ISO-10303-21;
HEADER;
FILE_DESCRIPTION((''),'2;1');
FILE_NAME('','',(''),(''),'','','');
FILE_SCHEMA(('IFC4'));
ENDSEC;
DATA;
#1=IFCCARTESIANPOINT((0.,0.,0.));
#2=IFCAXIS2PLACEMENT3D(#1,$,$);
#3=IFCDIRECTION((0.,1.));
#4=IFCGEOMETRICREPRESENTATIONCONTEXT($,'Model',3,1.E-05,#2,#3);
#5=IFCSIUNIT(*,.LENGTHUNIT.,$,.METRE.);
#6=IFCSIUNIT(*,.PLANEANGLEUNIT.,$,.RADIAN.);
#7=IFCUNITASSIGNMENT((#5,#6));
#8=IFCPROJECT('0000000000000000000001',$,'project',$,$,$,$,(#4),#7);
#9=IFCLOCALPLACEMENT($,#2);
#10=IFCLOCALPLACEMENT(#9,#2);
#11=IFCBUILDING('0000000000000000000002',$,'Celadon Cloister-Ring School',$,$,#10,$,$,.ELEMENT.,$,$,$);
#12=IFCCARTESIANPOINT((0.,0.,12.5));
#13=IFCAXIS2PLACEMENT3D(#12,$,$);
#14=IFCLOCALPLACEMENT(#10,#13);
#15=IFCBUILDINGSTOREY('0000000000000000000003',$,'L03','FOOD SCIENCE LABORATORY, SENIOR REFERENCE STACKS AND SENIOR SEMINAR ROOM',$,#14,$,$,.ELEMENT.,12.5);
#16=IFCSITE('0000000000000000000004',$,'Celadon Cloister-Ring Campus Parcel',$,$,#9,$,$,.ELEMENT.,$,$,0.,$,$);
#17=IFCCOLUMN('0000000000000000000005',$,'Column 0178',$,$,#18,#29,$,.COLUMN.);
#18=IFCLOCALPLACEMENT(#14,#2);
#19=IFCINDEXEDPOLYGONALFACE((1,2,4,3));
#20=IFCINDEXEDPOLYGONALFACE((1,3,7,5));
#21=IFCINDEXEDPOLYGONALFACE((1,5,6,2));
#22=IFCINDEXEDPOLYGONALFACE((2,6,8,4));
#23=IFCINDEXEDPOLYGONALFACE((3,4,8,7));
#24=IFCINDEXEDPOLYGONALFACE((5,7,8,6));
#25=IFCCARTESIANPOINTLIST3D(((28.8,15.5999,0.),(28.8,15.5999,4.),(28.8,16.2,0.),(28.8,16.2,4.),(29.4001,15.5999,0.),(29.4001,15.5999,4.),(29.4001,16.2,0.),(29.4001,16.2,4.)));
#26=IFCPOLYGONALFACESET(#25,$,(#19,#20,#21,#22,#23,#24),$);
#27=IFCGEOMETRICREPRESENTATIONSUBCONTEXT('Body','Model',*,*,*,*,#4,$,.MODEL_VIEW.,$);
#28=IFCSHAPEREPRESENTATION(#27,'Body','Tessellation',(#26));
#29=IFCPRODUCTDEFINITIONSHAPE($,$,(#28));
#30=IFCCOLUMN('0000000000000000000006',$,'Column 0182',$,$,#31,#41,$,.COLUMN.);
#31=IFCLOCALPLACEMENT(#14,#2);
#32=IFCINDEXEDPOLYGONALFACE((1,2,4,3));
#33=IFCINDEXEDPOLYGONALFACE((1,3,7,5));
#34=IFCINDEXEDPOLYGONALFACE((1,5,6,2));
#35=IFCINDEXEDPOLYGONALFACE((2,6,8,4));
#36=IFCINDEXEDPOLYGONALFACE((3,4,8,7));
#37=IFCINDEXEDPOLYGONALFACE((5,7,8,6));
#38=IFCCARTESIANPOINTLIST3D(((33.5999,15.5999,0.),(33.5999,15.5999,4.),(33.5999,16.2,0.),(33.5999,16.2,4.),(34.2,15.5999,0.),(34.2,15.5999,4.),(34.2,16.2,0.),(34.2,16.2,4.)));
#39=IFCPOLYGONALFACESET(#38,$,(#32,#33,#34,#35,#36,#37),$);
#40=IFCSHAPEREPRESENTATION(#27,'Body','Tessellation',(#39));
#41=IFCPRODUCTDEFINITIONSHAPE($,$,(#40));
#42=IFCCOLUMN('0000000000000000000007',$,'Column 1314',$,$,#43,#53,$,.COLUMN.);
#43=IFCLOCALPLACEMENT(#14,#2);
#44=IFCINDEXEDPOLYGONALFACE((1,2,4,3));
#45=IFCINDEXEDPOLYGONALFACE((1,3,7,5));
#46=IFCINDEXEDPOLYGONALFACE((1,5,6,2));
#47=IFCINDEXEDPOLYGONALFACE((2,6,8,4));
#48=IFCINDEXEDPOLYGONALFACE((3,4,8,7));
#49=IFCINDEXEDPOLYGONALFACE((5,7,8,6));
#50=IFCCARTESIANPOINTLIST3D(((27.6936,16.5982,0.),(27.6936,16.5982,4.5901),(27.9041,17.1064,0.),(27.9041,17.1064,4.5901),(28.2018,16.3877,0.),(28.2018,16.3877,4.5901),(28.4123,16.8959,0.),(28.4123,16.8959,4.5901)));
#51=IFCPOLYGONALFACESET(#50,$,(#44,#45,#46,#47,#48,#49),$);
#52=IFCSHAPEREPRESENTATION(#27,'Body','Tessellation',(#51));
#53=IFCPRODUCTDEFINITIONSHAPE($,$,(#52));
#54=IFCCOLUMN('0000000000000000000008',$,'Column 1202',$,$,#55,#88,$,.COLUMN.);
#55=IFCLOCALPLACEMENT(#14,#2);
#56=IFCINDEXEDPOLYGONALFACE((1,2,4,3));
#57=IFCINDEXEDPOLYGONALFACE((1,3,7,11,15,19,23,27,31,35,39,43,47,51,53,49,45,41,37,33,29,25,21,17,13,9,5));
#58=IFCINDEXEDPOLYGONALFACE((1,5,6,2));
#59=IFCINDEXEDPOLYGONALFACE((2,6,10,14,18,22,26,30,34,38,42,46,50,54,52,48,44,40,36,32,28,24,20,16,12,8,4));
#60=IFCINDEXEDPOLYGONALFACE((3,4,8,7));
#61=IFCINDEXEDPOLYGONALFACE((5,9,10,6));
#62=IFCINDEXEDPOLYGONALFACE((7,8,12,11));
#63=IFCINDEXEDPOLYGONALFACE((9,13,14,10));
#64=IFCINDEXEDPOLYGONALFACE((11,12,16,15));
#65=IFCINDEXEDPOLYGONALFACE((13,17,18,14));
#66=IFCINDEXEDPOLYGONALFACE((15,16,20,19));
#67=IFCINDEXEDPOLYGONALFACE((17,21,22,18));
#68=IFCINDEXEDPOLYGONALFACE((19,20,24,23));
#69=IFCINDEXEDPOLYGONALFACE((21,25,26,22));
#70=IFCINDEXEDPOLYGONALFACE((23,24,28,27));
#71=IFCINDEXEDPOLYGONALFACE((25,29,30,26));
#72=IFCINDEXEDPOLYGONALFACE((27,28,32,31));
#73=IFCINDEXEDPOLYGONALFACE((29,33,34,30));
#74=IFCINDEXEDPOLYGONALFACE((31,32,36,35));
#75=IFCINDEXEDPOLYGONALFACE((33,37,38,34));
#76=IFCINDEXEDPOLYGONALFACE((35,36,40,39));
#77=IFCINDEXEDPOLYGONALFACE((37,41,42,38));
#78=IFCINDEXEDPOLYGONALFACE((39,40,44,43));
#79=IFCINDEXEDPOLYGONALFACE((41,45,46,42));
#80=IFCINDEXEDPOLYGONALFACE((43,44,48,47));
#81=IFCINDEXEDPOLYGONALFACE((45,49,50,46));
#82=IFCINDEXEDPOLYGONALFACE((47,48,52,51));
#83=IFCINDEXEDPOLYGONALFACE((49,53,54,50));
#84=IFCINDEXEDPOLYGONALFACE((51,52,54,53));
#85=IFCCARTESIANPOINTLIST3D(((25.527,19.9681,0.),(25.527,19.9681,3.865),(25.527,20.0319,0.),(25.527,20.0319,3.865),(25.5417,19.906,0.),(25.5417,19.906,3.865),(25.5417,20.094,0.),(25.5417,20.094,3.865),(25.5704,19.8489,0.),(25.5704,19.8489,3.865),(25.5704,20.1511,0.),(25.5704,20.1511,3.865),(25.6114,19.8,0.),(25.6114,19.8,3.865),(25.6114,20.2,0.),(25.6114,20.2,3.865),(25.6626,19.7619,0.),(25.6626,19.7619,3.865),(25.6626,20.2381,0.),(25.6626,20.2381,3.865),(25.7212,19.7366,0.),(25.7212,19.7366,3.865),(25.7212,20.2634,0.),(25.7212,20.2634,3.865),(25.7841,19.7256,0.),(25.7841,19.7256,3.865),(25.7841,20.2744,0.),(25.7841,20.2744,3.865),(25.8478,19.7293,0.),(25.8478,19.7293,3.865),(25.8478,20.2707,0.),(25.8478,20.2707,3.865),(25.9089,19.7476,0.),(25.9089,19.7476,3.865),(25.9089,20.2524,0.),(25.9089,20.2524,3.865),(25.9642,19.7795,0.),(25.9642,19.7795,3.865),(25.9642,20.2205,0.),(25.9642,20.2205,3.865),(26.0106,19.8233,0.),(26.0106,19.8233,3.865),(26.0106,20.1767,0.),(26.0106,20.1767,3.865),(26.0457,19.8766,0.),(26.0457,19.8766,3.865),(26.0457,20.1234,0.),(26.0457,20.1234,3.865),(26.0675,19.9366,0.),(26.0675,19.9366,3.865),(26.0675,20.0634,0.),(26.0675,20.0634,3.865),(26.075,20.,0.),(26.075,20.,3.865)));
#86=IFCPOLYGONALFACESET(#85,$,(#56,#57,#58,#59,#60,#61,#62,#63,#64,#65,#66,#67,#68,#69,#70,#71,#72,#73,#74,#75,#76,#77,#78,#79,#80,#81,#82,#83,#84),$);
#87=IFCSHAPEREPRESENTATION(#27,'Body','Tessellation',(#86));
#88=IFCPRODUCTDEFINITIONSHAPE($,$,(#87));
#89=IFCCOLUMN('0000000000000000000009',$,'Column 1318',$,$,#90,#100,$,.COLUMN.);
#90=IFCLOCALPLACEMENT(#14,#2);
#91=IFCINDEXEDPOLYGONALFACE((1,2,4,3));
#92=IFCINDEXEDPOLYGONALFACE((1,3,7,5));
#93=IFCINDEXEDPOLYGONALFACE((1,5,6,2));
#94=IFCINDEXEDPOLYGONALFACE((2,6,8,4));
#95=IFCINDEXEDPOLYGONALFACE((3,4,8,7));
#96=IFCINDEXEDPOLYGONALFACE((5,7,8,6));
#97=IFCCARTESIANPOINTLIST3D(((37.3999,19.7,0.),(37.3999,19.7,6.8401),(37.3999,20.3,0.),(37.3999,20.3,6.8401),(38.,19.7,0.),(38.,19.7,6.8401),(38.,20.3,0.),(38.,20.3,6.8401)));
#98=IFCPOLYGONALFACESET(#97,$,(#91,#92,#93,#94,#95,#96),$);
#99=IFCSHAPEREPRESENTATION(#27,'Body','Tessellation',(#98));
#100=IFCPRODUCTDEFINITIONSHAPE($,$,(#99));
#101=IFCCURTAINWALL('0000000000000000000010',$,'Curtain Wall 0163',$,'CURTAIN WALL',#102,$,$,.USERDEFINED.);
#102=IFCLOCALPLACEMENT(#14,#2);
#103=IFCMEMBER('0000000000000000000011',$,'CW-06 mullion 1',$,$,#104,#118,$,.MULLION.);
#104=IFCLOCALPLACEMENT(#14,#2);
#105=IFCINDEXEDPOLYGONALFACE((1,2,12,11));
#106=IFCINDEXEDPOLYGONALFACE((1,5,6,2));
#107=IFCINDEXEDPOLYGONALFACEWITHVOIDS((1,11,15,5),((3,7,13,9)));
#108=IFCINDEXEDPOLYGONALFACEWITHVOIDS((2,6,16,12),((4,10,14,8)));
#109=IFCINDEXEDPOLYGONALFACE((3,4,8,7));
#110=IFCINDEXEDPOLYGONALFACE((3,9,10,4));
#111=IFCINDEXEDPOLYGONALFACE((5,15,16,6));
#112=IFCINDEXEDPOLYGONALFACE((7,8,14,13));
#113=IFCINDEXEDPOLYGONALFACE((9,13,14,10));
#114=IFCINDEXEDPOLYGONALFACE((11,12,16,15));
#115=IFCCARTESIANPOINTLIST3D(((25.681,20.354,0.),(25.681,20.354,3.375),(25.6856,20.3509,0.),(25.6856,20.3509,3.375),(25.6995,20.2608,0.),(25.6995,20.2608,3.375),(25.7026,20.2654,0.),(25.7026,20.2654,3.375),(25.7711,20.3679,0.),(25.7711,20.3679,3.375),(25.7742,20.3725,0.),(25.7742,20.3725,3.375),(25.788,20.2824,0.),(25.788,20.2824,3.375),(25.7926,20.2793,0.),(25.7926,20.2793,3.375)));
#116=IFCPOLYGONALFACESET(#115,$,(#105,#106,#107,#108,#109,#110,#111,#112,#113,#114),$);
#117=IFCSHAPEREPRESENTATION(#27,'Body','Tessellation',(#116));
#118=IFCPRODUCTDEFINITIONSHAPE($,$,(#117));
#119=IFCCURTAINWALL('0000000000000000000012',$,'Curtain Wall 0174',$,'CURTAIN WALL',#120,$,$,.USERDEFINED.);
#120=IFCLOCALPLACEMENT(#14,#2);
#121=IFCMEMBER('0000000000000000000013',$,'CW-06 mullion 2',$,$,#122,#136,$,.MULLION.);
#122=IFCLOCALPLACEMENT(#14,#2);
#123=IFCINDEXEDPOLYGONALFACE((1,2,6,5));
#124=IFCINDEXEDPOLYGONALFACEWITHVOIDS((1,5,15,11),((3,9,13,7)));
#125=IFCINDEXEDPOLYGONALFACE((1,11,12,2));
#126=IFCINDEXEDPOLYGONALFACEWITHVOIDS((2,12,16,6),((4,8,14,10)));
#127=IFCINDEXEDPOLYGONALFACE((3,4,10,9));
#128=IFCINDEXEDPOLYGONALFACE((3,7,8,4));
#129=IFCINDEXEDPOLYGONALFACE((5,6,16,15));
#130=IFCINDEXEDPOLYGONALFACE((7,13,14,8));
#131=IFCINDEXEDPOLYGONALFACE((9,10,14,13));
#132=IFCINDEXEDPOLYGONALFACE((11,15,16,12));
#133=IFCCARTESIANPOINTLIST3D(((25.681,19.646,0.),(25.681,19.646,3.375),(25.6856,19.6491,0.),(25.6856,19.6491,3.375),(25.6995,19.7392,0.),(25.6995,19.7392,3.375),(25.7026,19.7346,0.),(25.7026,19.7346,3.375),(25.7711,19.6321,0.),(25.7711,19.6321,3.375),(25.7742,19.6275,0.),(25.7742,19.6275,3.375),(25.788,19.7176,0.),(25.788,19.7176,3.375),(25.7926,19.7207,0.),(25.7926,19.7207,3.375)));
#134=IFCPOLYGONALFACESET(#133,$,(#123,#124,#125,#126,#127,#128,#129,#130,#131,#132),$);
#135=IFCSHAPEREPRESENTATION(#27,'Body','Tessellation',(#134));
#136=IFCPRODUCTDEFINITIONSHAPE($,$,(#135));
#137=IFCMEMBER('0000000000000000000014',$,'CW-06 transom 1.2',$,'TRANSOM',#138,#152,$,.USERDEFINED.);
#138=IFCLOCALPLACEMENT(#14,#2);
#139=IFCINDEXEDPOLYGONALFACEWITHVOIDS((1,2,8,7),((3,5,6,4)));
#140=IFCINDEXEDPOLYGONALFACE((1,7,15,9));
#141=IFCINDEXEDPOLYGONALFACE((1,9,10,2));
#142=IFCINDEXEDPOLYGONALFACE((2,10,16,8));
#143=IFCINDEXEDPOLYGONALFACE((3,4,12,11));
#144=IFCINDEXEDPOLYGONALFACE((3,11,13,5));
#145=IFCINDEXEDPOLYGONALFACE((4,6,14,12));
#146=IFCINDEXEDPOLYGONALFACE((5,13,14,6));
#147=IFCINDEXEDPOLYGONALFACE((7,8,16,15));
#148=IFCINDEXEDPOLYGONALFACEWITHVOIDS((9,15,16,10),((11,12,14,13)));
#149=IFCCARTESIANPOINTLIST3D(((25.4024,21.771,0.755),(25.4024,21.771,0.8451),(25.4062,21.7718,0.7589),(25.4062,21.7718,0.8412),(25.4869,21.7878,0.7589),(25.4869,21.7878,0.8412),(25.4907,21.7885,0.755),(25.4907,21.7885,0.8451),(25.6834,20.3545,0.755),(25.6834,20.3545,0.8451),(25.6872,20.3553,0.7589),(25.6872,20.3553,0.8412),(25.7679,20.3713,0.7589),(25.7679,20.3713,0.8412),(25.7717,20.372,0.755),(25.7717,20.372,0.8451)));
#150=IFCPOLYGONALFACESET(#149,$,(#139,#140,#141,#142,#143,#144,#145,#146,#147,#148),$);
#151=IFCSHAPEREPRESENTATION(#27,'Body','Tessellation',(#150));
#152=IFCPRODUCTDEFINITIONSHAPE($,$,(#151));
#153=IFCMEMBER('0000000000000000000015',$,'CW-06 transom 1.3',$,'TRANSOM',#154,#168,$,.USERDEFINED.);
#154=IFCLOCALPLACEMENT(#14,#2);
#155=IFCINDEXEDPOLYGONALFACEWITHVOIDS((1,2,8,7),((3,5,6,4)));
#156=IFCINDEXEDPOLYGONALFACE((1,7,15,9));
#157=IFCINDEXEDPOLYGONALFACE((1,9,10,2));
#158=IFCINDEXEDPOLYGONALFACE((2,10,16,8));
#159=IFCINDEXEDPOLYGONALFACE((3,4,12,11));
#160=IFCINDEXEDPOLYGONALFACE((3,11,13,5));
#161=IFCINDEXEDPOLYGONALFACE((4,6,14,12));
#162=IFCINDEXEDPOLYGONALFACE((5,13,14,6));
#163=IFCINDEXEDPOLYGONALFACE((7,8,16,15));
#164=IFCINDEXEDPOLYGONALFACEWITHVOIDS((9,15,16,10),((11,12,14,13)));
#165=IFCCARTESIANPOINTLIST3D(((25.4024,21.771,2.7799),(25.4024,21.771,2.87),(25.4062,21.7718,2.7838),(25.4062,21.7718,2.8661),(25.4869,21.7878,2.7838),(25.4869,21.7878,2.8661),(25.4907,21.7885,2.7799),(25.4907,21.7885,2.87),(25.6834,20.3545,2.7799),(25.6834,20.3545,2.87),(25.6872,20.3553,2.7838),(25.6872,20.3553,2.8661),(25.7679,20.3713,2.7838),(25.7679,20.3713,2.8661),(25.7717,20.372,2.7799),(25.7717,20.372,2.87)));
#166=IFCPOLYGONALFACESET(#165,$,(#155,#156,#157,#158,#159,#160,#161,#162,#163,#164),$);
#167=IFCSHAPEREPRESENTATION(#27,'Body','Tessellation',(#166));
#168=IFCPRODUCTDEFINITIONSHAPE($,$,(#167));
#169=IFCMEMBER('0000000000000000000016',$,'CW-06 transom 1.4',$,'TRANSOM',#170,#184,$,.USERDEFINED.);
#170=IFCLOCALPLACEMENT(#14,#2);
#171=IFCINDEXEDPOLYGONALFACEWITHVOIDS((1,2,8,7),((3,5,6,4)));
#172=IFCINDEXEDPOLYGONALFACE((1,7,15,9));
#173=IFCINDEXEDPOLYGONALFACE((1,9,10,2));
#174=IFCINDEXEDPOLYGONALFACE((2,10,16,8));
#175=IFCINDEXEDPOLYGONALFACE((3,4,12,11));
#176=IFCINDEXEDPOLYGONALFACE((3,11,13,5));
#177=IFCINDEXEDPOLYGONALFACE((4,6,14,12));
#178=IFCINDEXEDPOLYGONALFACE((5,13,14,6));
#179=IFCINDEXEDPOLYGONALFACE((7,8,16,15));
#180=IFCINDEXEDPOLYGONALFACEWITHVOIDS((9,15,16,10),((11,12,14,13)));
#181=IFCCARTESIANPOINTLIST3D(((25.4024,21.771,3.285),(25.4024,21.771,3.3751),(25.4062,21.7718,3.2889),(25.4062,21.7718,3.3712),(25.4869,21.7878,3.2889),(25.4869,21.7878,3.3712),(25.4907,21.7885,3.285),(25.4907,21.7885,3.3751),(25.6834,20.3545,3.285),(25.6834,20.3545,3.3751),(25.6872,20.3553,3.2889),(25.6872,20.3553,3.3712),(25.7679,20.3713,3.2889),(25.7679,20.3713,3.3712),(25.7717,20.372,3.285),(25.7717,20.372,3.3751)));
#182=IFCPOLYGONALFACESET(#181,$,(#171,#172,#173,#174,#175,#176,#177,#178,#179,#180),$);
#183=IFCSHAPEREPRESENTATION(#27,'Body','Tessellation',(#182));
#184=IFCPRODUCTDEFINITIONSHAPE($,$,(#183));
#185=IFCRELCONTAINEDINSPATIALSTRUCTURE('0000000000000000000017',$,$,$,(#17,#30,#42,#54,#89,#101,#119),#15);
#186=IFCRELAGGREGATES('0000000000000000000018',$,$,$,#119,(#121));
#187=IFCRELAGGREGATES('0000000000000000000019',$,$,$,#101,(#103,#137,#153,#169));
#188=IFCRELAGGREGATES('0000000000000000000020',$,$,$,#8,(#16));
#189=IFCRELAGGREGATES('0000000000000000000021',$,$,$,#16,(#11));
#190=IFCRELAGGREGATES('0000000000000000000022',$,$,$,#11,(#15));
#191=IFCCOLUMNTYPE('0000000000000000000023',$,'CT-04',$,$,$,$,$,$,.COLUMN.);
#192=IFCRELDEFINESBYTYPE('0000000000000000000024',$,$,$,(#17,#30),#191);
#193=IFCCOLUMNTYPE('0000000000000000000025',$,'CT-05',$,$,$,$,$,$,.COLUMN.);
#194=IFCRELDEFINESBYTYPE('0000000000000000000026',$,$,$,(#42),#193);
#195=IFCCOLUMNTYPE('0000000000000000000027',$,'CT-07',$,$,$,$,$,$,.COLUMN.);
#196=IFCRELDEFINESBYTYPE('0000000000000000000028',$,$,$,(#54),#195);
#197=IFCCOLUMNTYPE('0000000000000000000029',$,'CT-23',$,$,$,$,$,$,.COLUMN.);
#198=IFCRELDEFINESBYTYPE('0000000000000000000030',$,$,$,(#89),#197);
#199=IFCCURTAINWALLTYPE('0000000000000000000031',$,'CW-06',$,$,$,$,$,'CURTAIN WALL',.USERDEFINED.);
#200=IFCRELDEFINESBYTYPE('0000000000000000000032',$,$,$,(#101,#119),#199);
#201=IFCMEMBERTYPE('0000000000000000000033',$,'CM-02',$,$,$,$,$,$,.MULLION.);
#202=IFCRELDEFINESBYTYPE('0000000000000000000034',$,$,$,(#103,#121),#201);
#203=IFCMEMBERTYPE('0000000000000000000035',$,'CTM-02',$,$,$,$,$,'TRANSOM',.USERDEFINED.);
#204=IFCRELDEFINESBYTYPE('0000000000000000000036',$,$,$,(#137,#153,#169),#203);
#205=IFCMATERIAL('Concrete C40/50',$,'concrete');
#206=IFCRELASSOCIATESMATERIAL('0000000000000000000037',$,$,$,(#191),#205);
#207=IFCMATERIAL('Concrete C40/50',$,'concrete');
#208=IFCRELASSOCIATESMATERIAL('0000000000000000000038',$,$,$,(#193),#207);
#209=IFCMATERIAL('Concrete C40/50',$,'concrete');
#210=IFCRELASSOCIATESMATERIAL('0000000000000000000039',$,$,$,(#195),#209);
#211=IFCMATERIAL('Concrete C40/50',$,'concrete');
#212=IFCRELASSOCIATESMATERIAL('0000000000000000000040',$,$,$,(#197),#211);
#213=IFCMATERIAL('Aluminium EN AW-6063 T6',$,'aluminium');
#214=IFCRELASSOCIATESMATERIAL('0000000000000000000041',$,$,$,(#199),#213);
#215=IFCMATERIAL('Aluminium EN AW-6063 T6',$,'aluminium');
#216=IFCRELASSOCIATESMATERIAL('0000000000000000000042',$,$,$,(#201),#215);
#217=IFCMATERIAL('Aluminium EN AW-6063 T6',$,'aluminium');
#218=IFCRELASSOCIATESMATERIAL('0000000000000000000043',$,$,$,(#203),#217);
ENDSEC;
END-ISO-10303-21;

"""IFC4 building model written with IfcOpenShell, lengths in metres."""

from ifc_helpers import new_model, si_unit, direction, frame, origin, origin_2d, place, context, subcontext, project, spatial, rectangle, hollow_rectangle, circle, extrude, material, material_profile, profile_set, type_object, element, aggregate, save


model = new_model("IFC4")

# Units and contexts
model_context = context("Model", 3, precision=1e-05, world=origin(), true_north=direction((0.0, 1.0)))
body_context = subcontext(model_context, "Body", "Model", "MODEL_VIEW")
ifc_project = project(units=[si_unit("LENGTHUNIT", "METRE"), si_unit("PLANEANGLEUNIT", "RADIAN")], contexts=[model_context])

# Site, building, storey
site_placement = place(None, origin())
site = spatial("IfcSite", under=ifc_project, at=site_placement, Name="Celadon Cloister-Ring Campus Parcel", CompositionType="ELEMENT", RefElevation=0.0)
building_placement = place(site_placement, origin())
building = spatial("IfcBuilding", under=site, at=building_placement, Name="Celadon Cloister-Ring School", CompositionType="ELEMENT")
storey_placement = place(building_placement, frame((0.0, 0.0, 12.5)))
storey = spatial("IfcBuildingStorey", under=building, at=storey_placement, Name="L03", Description="FOOD SCIENCE LABORATORY, SENIOR REFERENCE STACKS AND SENIOR SEMINAR ROOM", CompositionType="ELEMENT", Elevation=12.5)

# Columns
ifc_material_1 = material(Name="Concrete C40/50", Category="concrete")
ifc_material_profile_1 = material_profile(ifc_material_1, rectangle(XDim=0.6001, YDim=0.6001, at=origin_2d()), Name="RC600X600")
ifc_profile_set_1 = profile_set([ifc_material_profile_1], Name="Concrete C40/50")
column_type_1 = type_object("IfcColumnType", Name="CT-04", PredefinedType="COLUMN", material=ifc_profile_set_1)
for number, where, z_axis, x_axis, name in (
    (1, (29.1001, 15.8999, 0.0), (0.0, 0.0, 1.0), (1.0, 0.0, 0.0), "Column 0178"),
    (2, (33.8999, 15.8999, 0.0), (0.0, 0.0, 1.0), (1.0, 0.0, 0.0), "Column 0182"),
):
    element("IfcColumn", number, at=place(storey_placement, frame(where, z_axis=z_axis, x_axis=x_axis)), inside=storey, type_object=column_type_1, Name=name, PredefinedType="COLUMN", context=body_context, shape_type="SweptSolid", body=[
        extrude(rectangle(XDim=0.6001, YDim=0.6001, at=origin_2d()), origin(), (0.0, 0.0, 1.0), 4.0),
    ])
ifc_material_2 = material(Name="Concrete C40/50", Category="concrete")
ifc_material_profile_2 = material_profile(ifc_material_2, rectangle(XDim=0.55, YDim=0.55, at=origin_2d()), Name="RC550X550")
ifc_profile_set_2 = profile_set([ifc_material_profile_2], Name="Concrete C40/50")
column_type_2 = type_object("IfcColumnType", Name="CT-05", PredefinedType="COLUMN", material=ifc_profile_set_2)
column_1_placement = place(storey_placement, frame((28.053, 16.7471, 0.0), z_axis=(0.0, 0.0, 1.0), x_axis=(0.92388, -0.382683, 0.0)))
element("IfcColumn", 3, at=column_1_placement, inside=storey, type_object=column_type_2, Name="Column 1314", PredefinedType="COLUMN", context=body_context, shape_type="SweptSolid", body=[
    extrude(rectangle(XDim=0.55, YDim=0.55, at=origin_2d()), origin(), (0.0, 0.0, 1.0), 4.5901),
])
ifc_material_3 = material(Name="Concrete C40/50", Category="concrete")
ifc_material_profile_3 = material_profile(ifc_material_3, circle(Radius=0.2749, at=origin_2d()), Name="CIRC550")
ifc_profile_set_3 = profile_set([ifc_material_profile_3], Name="Concrete C40/50")
column_type_3 = type_object("IfcColumnType", Name="CT-07", PredefinedType="COLUMN", material=ifc_profile_set_3)
column_2_placement = place(storey_placement, frame((25.8, 20.0, 0.0), z_axis=(0.0, 0.0, 1.0), x_axis=(1.0, 0.0, 0.0)))
element("IfcColumn", 4, at=column_2_placement, inside=storey, type_object=column_type_3, Name="Column 1202", PredefinedType="COLUMN", context=body_context, shape_type="SweptSolid", body=[
    extrude(circle(Radius=0.2749, at=origin_2d()), origin(), (0.0, 0.0, 1.0), 3.865),
])
ifc_material_4 = material(Name="Concrete C40/50", Category="concrete")
ifc_material_profile_4 = material_profile(ifc_material_4, rectangle(XDim=0.6001, YDim=0.6001, at=origin_2d()), Name="RC600X600")
ifc_profile_set_4 = profile_set([ifc_material_profile_4], Name="Concrete C40/50")
column_type_4 = type_object("IfcColumnType", Name="CT-23", PredefinedType="COLUMN", material=ifc_profile_set_4)
column_3_placement = place(storey_placement, frame((37.7, 20.0, 0.0), z_axis=(0.0, 0.0, 1.0), x_axis=(1.0, 0.0, 0.0)))
element("IfcColumn", 5, at=column_3_placement, inside=storey, type_object=column_type_4, Name="Column 1318", PredefinedType="COLUMN", context=body_context, shape_type="SweptSolid", body=[
    extrude(rectangle(XDim=0.6001, YDim=0.6001, at=origin_2d()), origin(), (0.0, 0.0, 1.0), 6.8401),
])

# Curtain walls, members
ifc_material_5 = material(Name="Aluminium EN AW-6063 T6", Category="aluminium")
curtain_wall_type = type_object("IfcCurtainWallType", Name="CW-06", ElementType="CURTAIN WALL", PredefinedType="USERDEFINED", material=ifc_material_5)
curtain_wall_1_placement = place(storey_placement, origin())
curtain_wall_1 = element("IfcCurtainWall", 6, at=curtain_wall_1_placement, inside=storey, type_object=curtain_wall_type, Name="Curtain Wall 0163", ObjectType="CURTAIN WALL", PredefinedType="USERDEFINED")
ifc_material_6 = material(Name="Aluminium EN AW-6063 T6", Category="aluminium")
ifc_material_profile_5 = material_profile(ifc_material_6, hollow_rectangle(XDim=0.095, YDim=0.095, WallThickness=0.0039, at=origin_2d()), Name="RHS95X95X4")
ifc_profile_set_5 = profile_set([ifc_material_profile_5], Name="Aluminium EN AW-6063 T6")
member_type_1 = type_object("IfcMemberType", Name="CM-02", PredefinedType="MULLION", material=ifc_profile_set_5)
member_1_placement = place(storey_placement, frame((25.7368, 20.3167, 0.0), z_axis=(0.0, 0.0, 1.0), x_axis=(-0.980885, -0.194586, 0.0)))
member_1 = element("IfcMember", 7, at=member_1_placement, type_object=member_type_1, Name="CW-06 mullion 1", PredefinedType="MULLION", context=body_context, shape_type="SweptSolid", body=[
    extrude(hollow_rectangle(XDim=0.095, YDim=0.095, WallThickness=0.0039, at=origin_2d()), origin(), (0.0, 0.0, 1.0), 3.375),
])
curtain_wall_2_placement = place(storey_placement, origin())
curtain_wall_2 = element("IfcCurtainWall", 8, at=curtain_wall_2_placement, inside=storey, type_object=curtain_wall_type, Name="Curtain Wall 0174", ObjectType="CURTAIN WALL", PredefinedType="USERDEFINED")
member_2_placement = place(storey_placement, frame((25.7368, 19.6833, 0.0), z_axis=(0.0, 0.0, 1.0), x_axis=(-0.980885, 0.194586, 0.0)))
member_2 = element("IfcMember", 9, at=member_2_placement, type_object=member_type_1, Name="CW-06 mullion 2", PredefinedType="MULLION", context=body_context, shape_type="SweptSolid", body=[
    extrude(hollow_rectangle(XDim=0.095, YDim=0.095, WallThickness=0.0039, at=origin_2d()), origin(), (0.0, 0.0, 1.0), 3.375),
])
aggregate(curtain_wall_2, [member_2])

# Members
ifc_material_7 = material(Name="Aluminium EN AW-6063 T6", Category="aluminium")
ifc_material_profile_6 = material_profile(ifc_material_7, hollow_rectangle(XDim=0.0901, YDim=0.0901, WallThickness=0.0039, at=origin_2d()), Name="RHS90X90X4")
ifc_profile_set_6 = profile_set([ifc_material_profile_6], Name="Aluminium EN AW-6063 T6")
member_type_2 = type_object("IfcMemberType", Name="CTM-02", ElementType="TRANSOM", PredefinedType="USERDEFINED", material=ifc_profile_set_6)
member_3_placement = place(storey_placement, frame((25.7275, 20.3633, 0.8), z_axis=(-0.194588, 0.980885, 0.0), x_axis=(-0.980885, -0.194588, 0.0)))
member_3 = element("IfcMember", 10, at=member_3_placement, type_object=member_type_2, Name="CW-06 transom 1.2", ObjectType="TRANSOM", PredefinedType="USERDEFINED", context=body_context, shape_type="SweptSolid", body=[
    extrude(hollow_rectangle(XDim=0.0901, YDim=0.0901, WallThickness=0.0039, at=origin_2d()), origin(), (0.0, 0.0, 1.0), 1.4441),
])
member_4_placement = place(storey_placement, frame((25.7275, 20.3633, 2.825), z_axis=(-0.194588, 0.980885, 0.0), x_axis=(-0.980885, -0.194588, 0.0)))
member_4 = element("IfcMember", 11, at=member_4_placement, type_object=member_type_2, Name="CW-06 transom 1.3", ObjectType="TRANSOM", PredefinedType="USERDEFINED", context=body_context, shape_type="SweptSolid", body=[
    extrude(hollow_rectangle(XDim=0.0901, YDim=0.0901, WallThickness=0.0039, at=origin_2d()), origin(), (0.0, 0.0, 1.0), 1.4441),
])
member_5_placement = place(storey_placement, frame((25.7275, 20.3633, 3.3301), z_axis=(-0.194588, 0.980885, 0.0), x_axis=(-0.980885, -0.194588, 0.0)))
member_5 = element("IfcMember", 12, at=member_5_placement, type_object=member_type_2, Name="CW-06 transom 1.4", ObjectType="TRANSOM", PredefinedType="USERDEFINED", context=body_context, shape_type="SweptSolid", body=[
    extrude(hollow_rectangle(XDim=0.0901, YDim=0.0901, WallThickness=0.0039, at=origin_2d()), origin(), (0.0, 0.0, 1.0), 1.4441),
])
aggregate(curtain_wall_1, [member_1, member_3, member_4, member_5])

save(model, "model.ifc")
